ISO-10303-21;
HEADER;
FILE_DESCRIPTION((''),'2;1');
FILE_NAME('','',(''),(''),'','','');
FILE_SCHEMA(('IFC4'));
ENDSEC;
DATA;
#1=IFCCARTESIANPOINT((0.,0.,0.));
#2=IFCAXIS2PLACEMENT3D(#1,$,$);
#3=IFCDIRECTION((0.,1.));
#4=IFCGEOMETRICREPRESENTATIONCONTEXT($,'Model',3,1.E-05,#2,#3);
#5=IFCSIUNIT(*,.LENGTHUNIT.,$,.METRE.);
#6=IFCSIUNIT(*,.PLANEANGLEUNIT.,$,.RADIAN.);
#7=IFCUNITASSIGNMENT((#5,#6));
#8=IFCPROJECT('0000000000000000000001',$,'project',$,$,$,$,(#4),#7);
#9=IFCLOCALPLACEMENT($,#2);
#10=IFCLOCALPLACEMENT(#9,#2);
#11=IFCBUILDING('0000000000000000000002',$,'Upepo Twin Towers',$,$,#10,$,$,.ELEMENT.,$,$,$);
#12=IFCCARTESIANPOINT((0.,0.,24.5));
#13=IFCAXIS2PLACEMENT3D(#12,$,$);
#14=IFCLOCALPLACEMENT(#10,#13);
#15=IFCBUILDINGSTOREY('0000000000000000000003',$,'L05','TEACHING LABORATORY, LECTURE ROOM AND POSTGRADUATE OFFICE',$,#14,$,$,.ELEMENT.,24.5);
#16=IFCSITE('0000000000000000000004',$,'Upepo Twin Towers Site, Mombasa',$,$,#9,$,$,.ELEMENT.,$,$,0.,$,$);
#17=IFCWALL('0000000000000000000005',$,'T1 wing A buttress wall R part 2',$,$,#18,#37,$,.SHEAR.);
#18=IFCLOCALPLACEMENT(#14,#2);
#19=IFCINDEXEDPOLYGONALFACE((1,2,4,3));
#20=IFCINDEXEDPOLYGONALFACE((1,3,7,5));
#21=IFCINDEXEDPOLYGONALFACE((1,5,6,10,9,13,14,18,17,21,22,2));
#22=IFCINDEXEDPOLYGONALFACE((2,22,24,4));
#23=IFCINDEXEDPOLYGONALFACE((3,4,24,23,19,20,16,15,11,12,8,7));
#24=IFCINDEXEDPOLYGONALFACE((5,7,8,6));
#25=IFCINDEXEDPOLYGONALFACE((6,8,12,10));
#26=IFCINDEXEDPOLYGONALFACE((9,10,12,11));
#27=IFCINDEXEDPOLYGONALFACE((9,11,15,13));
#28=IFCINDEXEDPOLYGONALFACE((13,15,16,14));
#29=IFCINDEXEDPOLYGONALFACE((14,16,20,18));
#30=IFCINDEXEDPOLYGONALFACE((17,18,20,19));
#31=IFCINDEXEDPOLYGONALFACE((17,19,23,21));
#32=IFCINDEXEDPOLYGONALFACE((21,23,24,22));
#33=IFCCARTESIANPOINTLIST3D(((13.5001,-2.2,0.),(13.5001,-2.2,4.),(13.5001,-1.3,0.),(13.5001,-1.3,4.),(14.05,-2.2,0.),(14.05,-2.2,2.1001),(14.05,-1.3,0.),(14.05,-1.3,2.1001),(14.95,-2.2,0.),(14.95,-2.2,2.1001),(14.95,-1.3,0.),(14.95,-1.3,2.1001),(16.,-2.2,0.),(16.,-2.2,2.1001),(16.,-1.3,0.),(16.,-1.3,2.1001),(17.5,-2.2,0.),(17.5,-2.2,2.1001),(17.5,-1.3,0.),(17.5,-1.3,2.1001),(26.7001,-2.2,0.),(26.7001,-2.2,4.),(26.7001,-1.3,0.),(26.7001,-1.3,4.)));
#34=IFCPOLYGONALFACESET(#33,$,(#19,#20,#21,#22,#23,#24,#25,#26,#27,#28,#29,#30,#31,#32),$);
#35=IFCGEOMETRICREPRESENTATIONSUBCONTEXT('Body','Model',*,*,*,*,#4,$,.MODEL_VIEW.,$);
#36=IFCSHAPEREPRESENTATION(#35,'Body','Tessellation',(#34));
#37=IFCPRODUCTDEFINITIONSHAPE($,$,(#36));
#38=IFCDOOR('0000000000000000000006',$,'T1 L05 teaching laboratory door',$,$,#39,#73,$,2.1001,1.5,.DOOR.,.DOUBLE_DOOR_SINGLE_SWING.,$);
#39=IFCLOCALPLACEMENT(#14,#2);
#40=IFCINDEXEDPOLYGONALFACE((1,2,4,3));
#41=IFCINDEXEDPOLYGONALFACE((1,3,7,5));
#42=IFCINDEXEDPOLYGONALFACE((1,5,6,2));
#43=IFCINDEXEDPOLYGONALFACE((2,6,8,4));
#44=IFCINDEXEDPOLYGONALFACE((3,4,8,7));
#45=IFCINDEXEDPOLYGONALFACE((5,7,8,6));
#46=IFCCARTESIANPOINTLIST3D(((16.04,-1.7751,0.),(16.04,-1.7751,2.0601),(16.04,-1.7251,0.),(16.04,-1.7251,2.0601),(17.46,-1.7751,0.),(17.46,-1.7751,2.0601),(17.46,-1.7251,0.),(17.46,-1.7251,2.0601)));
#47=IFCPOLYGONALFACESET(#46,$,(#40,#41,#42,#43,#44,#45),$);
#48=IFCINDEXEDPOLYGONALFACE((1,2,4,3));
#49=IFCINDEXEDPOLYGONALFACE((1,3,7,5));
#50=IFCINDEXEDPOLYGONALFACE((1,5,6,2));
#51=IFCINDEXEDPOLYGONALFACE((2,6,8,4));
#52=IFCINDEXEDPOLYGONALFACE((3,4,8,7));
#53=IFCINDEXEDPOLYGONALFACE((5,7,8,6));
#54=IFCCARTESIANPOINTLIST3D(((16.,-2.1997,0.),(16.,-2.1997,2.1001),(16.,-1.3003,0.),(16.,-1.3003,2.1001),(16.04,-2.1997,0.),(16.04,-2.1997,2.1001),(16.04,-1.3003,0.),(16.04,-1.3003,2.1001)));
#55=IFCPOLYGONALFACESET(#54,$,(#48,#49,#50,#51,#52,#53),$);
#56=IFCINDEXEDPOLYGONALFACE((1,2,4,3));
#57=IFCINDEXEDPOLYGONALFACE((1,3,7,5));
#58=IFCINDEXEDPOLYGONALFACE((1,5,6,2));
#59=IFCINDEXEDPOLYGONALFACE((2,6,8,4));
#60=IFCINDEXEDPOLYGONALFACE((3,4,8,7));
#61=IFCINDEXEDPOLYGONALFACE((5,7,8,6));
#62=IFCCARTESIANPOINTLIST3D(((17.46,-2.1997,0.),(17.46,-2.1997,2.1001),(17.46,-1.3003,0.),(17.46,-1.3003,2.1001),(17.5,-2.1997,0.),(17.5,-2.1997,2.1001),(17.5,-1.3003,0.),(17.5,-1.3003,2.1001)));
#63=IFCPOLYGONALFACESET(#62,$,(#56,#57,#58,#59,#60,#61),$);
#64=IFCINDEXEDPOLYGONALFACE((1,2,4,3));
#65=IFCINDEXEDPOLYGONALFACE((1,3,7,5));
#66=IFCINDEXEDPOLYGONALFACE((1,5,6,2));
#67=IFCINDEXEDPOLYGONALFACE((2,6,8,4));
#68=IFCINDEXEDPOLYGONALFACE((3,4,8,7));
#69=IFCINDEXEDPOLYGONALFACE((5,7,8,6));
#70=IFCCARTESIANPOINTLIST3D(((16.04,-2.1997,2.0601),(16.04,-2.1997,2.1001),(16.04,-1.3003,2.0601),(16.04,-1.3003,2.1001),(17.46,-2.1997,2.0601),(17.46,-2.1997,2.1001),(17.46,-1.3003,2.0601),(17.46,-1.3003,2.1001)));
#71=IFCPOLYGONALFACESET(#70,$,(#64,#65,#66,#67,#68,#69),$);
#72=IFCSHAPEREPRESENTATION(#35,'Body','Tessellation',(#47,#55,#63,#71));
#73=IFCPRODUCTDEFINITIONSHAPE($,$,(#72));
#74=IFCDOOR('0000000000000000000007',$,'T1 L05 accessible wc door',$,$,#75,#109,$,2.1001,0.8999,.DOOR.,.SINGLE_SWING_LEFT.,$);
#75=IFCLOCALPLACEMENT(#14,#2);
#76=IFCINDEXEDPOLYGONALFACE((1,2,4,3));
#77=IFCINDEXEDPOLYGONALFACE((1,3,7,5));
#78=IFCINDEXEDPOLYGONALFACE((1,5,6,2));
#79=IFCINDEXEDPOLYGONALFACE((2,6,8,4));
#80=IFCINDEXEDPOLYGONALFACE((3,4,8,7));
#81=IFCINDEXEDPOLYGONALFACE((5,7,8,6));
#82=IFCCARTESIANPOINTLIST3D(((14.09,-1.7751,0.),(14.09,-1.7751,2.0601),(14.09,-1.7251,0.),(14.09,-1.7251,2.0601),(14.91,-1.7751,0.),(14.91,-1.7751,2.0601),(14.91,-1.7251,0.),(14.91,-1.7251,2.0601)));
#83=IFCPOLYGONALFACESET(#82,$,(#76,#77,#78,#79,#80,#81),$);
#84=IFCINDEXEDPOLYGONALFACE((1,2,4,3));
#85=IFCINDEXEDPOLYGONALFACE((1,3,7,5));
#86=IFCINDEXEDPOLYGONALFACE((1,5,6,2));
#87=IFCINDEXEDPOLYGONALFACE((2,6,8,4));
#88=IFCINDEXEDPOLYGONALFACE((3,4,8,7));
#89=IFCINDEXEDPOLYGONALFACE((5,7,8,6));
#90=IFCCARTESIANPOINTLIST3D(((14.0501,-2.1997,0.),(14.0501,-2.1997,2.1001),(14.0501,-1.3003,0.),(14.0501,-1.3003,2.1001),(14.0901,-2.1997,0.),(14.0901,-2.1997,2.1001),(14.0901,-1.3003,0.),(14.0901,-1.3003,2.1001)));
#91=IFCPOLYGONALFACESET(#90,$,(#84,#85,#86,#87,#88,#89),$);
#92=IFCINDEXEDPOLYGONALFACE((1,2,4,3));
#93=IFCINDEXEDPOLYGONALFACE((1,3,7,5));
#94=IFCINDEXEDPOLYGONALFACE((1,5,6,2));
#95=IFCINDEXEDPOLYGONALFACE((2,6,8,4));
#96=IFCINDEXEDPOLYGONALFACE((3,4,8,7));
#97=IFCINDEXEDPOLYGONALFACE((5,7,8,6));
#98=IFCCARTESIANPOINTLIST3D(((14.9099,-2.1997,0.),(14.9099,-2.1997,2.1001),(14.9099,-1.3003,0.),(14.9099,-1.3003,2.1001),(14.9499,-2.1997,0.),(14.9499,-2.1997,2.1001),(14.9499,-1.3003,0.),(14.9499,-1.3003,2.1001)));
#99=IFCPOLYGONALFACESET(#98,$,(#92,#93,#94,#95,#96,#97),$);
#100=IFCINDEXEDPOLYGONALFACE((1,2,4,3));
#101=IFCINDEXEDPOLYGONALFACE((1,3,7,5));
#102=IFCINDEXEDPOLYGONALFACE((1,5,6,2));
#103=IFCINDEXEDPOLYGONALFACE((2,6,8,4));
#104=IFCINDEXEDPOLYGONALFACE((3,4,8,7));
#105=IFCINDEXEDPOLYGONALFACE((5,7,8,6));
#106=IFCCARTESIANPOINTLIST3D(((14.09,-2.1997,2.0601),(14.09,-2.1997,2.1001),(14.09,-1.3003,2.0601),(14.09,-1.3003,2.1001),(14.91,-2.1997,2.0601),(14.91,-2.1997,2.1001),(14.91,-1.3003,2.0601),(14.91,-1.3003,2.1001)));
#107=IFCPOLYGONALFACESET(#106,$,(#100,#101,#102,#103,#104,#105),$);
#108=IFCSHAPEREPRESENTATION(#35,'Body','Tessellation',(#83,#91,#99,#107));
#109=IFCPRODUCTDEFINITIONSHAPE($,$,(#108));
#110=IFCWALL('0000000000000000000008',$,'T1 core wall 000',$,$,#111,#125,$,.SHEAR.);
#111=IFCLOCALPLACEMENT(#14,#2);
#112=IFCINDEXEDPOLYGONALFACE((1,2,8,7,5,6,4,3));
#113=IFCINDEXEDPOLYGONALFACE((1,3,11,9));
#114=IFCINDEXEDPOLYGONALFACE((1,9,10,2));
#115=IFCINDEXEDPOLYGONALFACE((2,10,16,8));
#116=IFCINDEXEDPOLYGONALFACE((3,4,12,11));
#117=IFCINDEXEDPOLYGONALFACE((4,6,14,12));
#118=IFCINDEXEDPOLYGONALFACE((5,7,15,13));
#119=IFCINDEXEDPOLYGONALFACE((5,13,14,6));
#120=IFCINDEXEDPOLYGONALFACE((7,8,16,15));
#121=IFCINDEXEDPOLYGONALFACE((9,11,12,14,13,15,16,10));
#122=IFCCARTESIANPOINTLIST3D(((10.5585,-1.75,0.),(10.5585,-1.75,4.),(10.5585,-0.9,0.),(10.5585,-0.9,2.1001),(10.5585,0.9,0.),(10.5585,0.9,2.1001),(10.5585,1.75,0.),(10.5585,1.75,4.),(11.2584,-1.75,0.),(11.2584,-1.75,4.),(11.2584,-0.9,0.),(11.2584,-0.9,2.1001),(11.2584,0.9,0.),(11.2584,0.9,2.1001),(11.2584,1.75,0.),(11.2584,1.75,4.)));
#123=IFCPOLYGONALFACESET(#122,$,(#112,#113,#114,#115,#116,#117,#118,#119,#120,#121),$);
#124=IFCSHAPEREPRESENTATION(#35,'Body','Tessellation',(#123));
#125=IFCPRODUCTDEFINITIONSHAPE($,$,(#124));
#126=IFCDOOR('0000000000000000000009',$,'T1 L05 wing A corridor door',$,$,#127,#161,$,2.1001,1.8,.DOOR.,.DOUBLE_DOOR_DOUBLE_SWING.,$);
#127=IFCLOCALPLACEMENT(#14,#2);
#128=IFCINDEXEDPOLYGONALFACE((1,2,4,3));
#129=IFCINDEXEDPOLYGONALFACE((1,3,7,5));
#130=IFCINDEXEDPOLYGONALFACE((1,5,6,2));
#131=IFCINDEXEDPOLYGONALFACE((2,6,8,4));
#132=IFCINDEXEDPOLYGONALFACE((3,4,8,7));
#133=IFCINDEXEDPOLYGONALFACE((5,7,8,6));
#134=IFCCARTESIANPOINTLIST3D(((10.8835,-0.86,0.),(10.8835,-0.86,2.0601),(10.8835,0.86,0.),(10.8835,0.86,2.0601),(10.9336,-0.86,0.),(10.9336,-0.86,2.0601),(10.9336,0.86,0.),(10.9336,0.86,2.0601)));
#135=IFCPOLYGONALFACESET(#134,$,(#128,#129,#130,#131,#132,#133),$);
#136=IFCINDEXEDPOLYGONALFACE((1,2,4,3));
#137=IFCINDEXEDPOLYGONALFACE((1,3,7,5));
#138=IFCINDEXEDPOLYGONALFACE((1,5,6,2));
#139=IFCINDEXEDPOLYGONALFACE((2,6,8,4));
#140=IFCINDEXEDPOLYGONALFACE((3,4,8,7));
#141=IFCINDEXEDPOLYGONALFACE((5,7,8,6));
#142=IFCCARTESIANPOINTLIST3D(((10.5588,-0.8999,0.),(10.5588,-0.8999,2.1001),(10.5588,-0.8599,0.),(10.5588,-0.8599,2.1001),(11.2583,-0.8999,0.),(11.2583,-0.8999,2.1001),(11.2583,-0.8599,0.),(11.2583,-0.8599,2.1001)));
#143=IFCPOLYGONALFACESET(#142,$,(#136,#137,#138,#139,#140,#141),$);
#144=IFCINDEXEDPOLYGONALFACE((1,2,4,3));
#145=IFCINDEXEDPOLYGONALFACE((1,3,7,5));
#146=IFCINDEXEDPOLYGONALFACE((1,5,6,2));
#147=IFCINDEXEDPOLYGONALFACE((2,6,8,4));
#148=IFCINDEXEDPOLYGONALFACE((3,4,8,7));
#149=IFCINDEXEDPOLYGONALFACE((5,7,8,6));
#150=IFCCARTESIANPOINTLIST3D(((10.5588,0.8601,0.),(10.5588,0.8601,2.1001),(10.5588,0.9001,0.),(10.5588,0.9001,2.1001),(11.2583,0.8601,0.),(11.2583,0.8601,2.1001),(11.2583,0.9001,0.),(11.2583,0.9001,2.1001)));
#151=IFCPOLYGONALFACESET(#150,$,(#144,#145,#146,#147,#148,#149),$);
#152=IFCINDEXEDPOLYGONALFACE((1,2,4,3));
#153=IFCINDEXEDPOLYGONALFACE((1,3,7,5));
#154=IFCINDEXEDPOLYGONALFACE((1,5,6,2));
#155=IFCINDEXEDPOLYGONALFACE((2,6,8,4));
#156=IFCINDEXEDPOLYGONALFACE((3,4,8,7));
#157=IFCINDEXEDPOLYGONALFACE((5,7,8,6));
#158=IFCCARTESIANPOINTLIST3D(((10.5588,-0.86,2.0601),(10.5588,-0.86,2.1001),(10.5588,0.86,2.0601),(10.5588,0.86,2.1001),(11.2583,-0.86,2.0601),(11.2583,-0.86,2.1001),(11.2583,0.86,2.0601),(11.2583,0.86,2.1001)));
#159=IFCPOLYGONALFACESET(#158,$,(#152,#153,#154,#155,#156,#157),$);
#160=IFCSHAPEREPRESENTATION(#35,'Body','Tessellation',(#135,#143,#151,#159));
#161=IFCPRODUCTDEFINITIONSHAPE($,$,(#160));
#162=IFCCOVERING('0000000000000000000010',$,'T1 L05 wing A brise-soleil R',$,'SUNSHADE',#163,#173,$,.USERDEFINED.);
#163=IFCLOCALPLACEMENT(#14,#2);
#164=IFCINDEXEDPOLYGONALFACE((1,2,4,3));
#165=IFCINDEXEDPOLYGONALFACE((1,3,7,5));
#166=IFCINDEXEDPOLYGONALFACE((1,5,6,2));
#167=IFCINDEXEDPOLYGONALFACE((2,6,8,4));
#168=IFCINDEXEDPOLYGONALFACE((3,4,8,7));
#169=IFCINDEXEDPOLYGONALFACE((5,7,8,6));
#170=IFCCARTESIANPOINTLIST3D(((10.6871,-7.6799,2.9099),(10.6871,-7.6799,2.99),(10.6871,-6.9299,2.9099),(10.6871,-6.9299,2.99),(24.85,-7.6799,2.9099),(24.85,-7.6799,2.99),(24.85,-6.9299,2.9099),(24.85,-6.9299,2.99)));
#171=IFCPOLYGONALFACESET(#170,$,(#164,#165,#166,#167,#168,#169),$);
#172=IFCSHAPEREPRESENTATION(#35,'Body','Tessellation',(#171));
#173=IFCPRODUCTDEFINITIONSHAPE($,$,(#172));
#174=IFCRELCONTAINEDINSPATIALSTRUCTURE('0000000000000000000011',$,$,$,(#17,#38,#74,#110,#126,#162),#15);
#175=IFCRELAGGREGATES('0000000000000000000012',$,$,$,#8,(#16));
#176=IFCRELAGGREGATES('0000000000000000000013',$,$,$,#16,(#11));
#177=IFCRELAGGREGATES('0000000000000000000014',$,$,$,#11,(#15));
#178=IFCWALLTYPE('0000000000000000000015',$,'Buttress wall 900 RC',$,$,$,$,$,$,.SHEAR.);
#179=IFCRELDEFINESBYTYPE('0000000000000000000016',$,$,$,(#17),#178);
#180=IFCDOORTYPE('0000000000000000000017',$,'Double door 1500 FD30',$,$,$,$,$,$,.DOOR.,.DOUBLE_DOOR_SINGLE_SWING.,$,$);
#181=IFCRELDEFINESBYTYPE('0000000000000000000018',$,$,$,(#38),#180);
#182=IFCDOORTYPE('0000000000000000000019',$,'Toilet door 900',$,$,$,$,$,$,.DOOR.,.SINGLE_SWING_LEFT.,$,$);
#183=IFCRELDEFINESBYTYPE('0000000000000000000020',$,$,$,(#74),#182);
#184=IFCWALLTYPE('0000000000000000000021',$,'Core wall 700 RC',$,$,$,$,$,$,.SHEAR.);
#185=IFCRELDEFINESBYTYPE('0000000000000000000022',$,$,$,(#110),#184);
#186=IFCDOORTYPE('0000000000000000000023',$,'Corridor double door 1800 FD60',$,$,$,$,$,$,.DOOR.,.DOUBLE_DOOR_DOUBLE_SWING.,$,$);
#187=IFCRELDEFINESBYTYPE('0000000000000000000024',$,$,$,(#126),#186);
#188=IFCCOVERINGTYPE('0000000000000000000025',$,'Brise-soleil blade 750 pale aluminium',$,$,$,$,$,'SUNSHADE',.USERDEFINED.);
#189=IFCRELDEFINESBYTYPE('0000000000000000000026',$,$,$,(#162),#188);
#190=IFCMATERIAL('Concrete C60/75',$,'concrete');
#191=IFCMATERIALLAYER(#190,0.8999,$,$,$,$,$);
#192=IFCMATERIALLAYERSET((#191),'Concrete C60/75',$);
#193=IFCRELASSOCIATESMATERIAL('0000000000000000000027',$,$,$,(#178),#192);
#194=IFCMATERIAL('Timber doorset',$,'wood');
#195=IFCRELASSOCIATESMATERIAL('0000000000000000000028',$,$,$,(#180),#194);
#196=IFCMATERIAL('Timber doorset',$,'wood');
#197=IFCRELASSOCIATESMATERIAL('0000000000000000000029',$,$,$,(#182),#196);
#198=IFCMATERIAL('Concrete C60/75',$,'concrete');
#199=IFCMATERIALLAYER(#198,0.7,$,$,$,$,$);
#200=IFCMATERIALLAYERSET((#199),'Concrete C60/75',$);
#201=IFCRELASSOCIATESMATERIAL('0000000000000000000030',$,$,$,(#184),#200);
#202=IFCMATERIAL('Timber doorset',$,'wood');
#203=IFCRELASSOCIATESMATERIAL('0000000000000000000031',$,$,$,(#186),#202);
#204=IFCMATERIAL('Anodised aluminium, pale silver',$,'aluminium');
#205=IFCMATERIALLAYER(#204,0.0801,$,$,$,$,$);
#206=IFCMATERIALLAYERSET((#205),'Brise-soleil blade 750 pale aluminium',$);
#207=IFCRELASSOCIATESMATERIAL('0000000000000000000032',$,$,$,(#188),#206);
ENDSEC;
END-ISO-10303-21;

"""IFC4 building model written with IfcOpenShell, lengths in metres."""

from ifc_helpers import new_model, si_unit, direction, frame, frame_2d, origin, origin_2d, place, context, subcontext, project, spatial, rectangle, extrude, material, layer, layer_set, type_object, element, fill, save


model = new_model("IFC4")

# Units and contexts
model_context = context("Model", 3, precision=1e-05, world=origin(), true_north=direction((0.0, 1.0)))
body_context = subcontext(model_context, "Body", "Model", "MODEL_VIEW")
ifc_project = project(units=[si_unit("LENGTHUNIT", "METRE"), si_unit("PLANEANGLEUNIT", "RADIAN")], contexts=[model_context])

# Site, building, storey
site_placement = place(None, origin())
site = spatial("IfcSite", under=ifc_project, at=site_placement, Name="Upepo Twin Towers Site, Mombasa", CompositionType="ELEMENT", RefElevation=0.0)
building_placement = place(site_placement, origin())
building = spatial("IfcBuilding", under=site, at=building_placement, Name="Upepo Twin Towers", CompositionType="ELEMENT")
storey_placement = place(building_placement, frame((0.0, 0.0, 24.5)))
storey = spatial("IfcBuildingStorey", under=building, at=storey_placement, Name="L05", Description="TEACHING LABORATORY, LECTURE ROOM AND POSTGRADUATE OFFICE", CompositionType="ELEMENT", Elevation=24.5)

# Wall, openings, doors
ifc_material_1 = material(Name="Concrete C60/75", Category="concrete")
ifc_layer_1 = layer(ifc_material_1, 0.8999)
ifc_layer_set_1 = layer_set([ifc_layer_1], Name="Concrete C60/75")
wall_type_1 = type_object("IfcWallType", Name="Buttress wall 900 RC", PredefinedType="SHEAR", material=ifc_layer_set_1)
wall_1_placement = place(storey_placement, frame((13.5, -1.75, 0.0), z_axis=(0.0, 0.0, 1.0), x_axis=(1.0, 0.0, 0.0)))
wall_1 = element("IfcWall", 1, at=wall_1_placement, inside=storey, type_object=wall_type_1, Name="T1 wing A buttress wall R part 2", PredefinedType="SHEAR", context=body_context, shape_type="SweptSolid", body=[
    extrude(rectangle(XDim=13.2, YDim=0.8999, at=frame_2d((6.6001, 0.0))), origin(), (0.0, 0.0, 1.0), 4.0),
])
opening_1_placement = place(wall_1_placement, frame((0.55, 0.0, 0.0)))
opening_1 = element("IfcOpeningElement", 2, at=opening_1_placement, cuts=wall_1, PredefinedType="OPENING", context=body_context, shape_type="SweptSolid", body=[
    extrude(rectangle(XDim=0.8999, YDim=2.1001, at=frame_2d((0.45, 1.05))), frame((0.0, 0.46, 0.0), z_axis=(0.0, -1.0, 0.0), x_axis=(1.0, 0.0, 0.0)), (0.0, 0.0, 1.0), 0.9199),
])
opening_2_placement = place(wall_1_placement, frame((2.5, 0.0, 0.0)))
opening_2 = element("IfcOpeningElement", 3, at=opening_2_placement, cuts=wall_1, PredefinedType="OPENING", context=body_context, shape_type="SweptSolid", body=[
    extrude(rectangle(XDim=1.5, YDim=2.1001, at=frame_2d((0.75, 1.05))), frame((0.0, 0.46, 0.0), z_axis=(0.0, -1.0, 0.0), x_axis=(1.0, 0.0, 0.0)), (0.0, 0.0, 1.0), 0.9199),
])
ifc_material_2 = material(Name="Timber doorset", Category="wood")
door_type_1 = type_object("IfcDoorType", Name="Double door 1500 FD30", OperationType="DOUBLE_DOOR_SINGLE_SWING", PredefinedType="DOOR", material=ifc_material_2)
door_1_placement = place(opening_2_placement, origin())
door_1 = element("IfcDoor", 4, at=door_1_placement, inside=storey, type_object=door_type_1, Name="T1 L05 teaching laboratory door", OperationType="DOUBLE_DOOR_SINGLE_SWING", OverallHeight=2.1001, OverallWidth=1.5, PredefinedType="DOOR", context=body_context, shape_type="SweptSolid", body=[
    extrude(rectangle(XDim=1.42, YDim=2.0601, at=frame_2d((0.75, 1.03))), frame((0.0, 0.0249, 0.0), z_axis=(0.0, -1.0, 0.0), x_axis=(1.0, 0.0, 0.0)), (0.0, 0.0, 1.0), 0.05),
    extrude(rectangle(XDim=0.04, YDim=2.1001, at=frame_2d((0.02, 1.05))), frame((0.0, 0.4497, 0.0), z_axis=(0.0, -1.0, 0.0), x_axis=(1.0, 0.0, 0.0)), (0.0, 0.0, 1.0), 0.8994),
    extrude(rectangle(XDim=0.04, YDim=2.1001, at=frame_2d((1.48, 1.05))), frame((0.0, 0.4497, 0.0), z_axis=(0.0, -1.0, 0.0), x_axis=(1.0, 0.0, 0.0)), (0.0, 0.0, 1.0), 0.8994),
    extrude(rectangle(XDim=1.42, YDim=0.04, at=frame_2d((0.75, 2.0801))), frame((0.0, 0.4497, 0.0), z_axis=(0.0, -1.0, 0.0), x_axis=(1.0, 0.0, 0.0)), (0.0, 0.0, 1.0), 0.8994),
])
fill(opening_2, door_1)
ifc_material_3 = material(Name="Timber doorset", Category="wood")
door_type_2 = type_object("IfcDoorType", Name="Toilet door 900", OperationType="SINGLE_SWING_LEFT", PredefinedType="DOOR", material=ifc_material_3)
door_2_placement = place(opening_1_placement, origin())
door_2 = element("IfcDoor", 5, at=door_2_placement, inside=storey, type_object=door_type_2, Name="T1 L05 accessible wc door", OperationType="SINGLE_SWING_LEFT", OverallHeight=2.1001, OverallWidth=0.8999, PredefinedType="DOOR", context=body_context, shape_type="SweptSolid", body=[
    extrude(rectangle(XDim=0.8199, YDim=2.0601, at=frame_2d((0.45, 1.03))), frame((0.0, 0.0249, 0.0), z_axis=(0.0, -1.0, 0.0), x_axis=(1.0, 0.0, 0.0)), (0.0, 0.0, 1.0), 0.05),
    extrude(rectangle(XDim=0.04, YDim=2.1001, at=frame_2d((0.02, 1.05))), frame((0.0, 0.4497, 0.0), z_axis=(0.0, -1.0, 0.0), x_axis=(1.0, 0.0, 0.0)), (0.0, 0.0, 1.0), 0.8994),
    extrude(rectangle(XDim=0.04, YDim=2.1001, at=frame_2d((0.8799, 1.05))), frame((0.0, 0.4497, 0.0), z_axis=(0.0, -1.0, 0.0), x_axis=(1.0, 0.0, 0.0)), (0.0, 0.0, 1.0), 0.8994),
    extrude(rectangle(XDim=0.8199, YDim=0.04, at=frame_2d((0.45, 2.0801))), frame((0.0, 0.4497, 0.0), z_axis=(0.0, -1.0, 0.0), x_axis=(1.0, 0.0, 0.0)), (0.0, 0.0, 1.0), 0.8994),
])
fill(opening_1, door_2)

# Wall, opening, door
ifc_material_4 = material(Name="Concrete C60/75", Category="concrete")
ifc_layer_2 = layer(ifc_material_4, 0.7)
ifc_layer_set_2 = layer_set([ifc_layer_2], Name="Concrete C60/75")
wall_type_2 = type_object("IfcWallType", Name="Core wall 700 RC", PredefinedType="SHEAR", material=ifc_layer_set_2)
wall_2_placement = place(storey_placement, frame((10.9084, -1.75, 0.0), z_axis=(0.0, 0.0, 1.0), x_axis=(0.0, 1.0, 0.0)))
wall_2 = element("IfcWall", 6, at=wall_2_placement, inside=storey, type_object=wall_type_2, Name="T1 core wall 000", PredefinedType="SHEAR", context=body_context, shape_type="SweptSolid", body=[
    extrude(rectangle(XDim=3.5, YDim=0.7, at=frame_2d((1.75, 0.0))), origin(), (0.0, 0.0, 1.0), 4.0),
])
opening_3_placement = place(wall_2_placement, frame((0.8501, 0.0, 0.0)))
opening_3 = element("IfcOpeningElement", 7, at=opening_3_placement, cuts=wall_2, PredefinedType="OPENING", context=body_context, shape_type="SweptSolid", body=[
    extrude(rectangle(XDim=1.8, YDim=2.1001, at=frame_2d((0.8999, 1.05))), frame((0.0, 0.3599, 0.0), z_axis=(0.0, -1.0, 0.0), x_axis=(1.0, 0.0, 0.0)), (0.0, 0.0, 1.0), 0.72),
])
ifc_material_5 = material(Name="Timber doorset", Category="wood")
door_type_3 = type_object("IfcDoorType", Name="Corridor double door 1800 FD60", OperationType="DOUBLE_DOOR_DOUBLE_SWING", PredefinedType="DOOR", material=ifc_material_5)
door_3_placement = place(opening_3_placement, origin())
door_3 = element("IfcDoor", 8, at=door_3_placement, inside=storey, type_object=door_type_3, Name="T1 L05 wing A corridor door", OperationType="DOUBLE_DOOR_DOUBLE_SWING", OverallHeight=2.1001, OverallWidth=1.8, PredefinedType="DOOR", context=body_context, shape_type="SweptSolid", body=[
    extrude(rectangle(XDim=1.72, YDim=2.0601, at=frame_2d((0.8999, 1.03))), frame((0.0, 0.0249, 0.0), z_axis=(0.0, -1.0, 0.0), x_axis=(1.0, 0.0, 0.0)), (0.0, 0.0, 1.0), 0.05),
    extrude(rectangle(XDim=0.04, YDim=2.1001, at=frame_2d((0.02, 1.05))), frame((0.0, 0.3496, 0.0), z_axis=(0.0, -1.0, 0.0), x_axis=(1.0, 0.0, 0.0)), (0.0, 0.0, 1.0), 0.6995),
    extrude(rectangle(XDim=0.04, YDim=2.1001, at=frame_2d((1.78, 1.05))), frame((0.0, 0.3496, 0.0), z_axis=(0.0, -1.0, 0.0), x_axis=(1.0, 0.0, 0.0)), (0.0, 0.0, 1.0), 0.6995),
    extrude(rectangle(XDim=1.72, YDim=0.04, at=frame_2d((0.8999, 2.0801))), frame((0.0, 0.3496, 0.0), z_axis=(0.0, -1.0, 0.0), x_axis=(1.0, 0.0, 0.0)), (0.0, 0.0, 1.0), 0.6995),
])
fill(opening_3, door_3)

# Covering
ifc_material_6 = material(Name="Anodised aluminium, pale silver", Category="aluminium")
ifc_layer_3 = layer(ifc_material_6, 0.0801)
ifc_layer_set_3 = layer_set([ifc_layer_3], Name="Brise-soleil blade 750 pale aluminium")
covering_type = type_object("IfcCoveringType", Name="Brise-soleil blade 750 pale aluminium", ElementType="SUNSHADE", PredefinedType="USERDEFINED", material=ifc_layer_set_3)
covering_placement = place(storey_placement, frame((17.7686, -7.3049, 2.9099), z_axis=(0.0, 0.0, 1.0), x_axis=(1.0, 0.0, 0.0)))
element("IfcCovering", 9, at=covering_placement, inside=storey, type_object=covering_type, Name="T1 L05 wing A brise-soleil R", ObjectType="SUNSHADE", PredefinedType="USERDEFINED", context=body_context, shape_type="SweptSolid", body=[
    extrude(rectangle(XDim=14.1628, YDim=0.75, at=origin_2d()), origin(), (0.0, 0.0, 1.0), 0.0801),
])

save(model, "model.ifc")
